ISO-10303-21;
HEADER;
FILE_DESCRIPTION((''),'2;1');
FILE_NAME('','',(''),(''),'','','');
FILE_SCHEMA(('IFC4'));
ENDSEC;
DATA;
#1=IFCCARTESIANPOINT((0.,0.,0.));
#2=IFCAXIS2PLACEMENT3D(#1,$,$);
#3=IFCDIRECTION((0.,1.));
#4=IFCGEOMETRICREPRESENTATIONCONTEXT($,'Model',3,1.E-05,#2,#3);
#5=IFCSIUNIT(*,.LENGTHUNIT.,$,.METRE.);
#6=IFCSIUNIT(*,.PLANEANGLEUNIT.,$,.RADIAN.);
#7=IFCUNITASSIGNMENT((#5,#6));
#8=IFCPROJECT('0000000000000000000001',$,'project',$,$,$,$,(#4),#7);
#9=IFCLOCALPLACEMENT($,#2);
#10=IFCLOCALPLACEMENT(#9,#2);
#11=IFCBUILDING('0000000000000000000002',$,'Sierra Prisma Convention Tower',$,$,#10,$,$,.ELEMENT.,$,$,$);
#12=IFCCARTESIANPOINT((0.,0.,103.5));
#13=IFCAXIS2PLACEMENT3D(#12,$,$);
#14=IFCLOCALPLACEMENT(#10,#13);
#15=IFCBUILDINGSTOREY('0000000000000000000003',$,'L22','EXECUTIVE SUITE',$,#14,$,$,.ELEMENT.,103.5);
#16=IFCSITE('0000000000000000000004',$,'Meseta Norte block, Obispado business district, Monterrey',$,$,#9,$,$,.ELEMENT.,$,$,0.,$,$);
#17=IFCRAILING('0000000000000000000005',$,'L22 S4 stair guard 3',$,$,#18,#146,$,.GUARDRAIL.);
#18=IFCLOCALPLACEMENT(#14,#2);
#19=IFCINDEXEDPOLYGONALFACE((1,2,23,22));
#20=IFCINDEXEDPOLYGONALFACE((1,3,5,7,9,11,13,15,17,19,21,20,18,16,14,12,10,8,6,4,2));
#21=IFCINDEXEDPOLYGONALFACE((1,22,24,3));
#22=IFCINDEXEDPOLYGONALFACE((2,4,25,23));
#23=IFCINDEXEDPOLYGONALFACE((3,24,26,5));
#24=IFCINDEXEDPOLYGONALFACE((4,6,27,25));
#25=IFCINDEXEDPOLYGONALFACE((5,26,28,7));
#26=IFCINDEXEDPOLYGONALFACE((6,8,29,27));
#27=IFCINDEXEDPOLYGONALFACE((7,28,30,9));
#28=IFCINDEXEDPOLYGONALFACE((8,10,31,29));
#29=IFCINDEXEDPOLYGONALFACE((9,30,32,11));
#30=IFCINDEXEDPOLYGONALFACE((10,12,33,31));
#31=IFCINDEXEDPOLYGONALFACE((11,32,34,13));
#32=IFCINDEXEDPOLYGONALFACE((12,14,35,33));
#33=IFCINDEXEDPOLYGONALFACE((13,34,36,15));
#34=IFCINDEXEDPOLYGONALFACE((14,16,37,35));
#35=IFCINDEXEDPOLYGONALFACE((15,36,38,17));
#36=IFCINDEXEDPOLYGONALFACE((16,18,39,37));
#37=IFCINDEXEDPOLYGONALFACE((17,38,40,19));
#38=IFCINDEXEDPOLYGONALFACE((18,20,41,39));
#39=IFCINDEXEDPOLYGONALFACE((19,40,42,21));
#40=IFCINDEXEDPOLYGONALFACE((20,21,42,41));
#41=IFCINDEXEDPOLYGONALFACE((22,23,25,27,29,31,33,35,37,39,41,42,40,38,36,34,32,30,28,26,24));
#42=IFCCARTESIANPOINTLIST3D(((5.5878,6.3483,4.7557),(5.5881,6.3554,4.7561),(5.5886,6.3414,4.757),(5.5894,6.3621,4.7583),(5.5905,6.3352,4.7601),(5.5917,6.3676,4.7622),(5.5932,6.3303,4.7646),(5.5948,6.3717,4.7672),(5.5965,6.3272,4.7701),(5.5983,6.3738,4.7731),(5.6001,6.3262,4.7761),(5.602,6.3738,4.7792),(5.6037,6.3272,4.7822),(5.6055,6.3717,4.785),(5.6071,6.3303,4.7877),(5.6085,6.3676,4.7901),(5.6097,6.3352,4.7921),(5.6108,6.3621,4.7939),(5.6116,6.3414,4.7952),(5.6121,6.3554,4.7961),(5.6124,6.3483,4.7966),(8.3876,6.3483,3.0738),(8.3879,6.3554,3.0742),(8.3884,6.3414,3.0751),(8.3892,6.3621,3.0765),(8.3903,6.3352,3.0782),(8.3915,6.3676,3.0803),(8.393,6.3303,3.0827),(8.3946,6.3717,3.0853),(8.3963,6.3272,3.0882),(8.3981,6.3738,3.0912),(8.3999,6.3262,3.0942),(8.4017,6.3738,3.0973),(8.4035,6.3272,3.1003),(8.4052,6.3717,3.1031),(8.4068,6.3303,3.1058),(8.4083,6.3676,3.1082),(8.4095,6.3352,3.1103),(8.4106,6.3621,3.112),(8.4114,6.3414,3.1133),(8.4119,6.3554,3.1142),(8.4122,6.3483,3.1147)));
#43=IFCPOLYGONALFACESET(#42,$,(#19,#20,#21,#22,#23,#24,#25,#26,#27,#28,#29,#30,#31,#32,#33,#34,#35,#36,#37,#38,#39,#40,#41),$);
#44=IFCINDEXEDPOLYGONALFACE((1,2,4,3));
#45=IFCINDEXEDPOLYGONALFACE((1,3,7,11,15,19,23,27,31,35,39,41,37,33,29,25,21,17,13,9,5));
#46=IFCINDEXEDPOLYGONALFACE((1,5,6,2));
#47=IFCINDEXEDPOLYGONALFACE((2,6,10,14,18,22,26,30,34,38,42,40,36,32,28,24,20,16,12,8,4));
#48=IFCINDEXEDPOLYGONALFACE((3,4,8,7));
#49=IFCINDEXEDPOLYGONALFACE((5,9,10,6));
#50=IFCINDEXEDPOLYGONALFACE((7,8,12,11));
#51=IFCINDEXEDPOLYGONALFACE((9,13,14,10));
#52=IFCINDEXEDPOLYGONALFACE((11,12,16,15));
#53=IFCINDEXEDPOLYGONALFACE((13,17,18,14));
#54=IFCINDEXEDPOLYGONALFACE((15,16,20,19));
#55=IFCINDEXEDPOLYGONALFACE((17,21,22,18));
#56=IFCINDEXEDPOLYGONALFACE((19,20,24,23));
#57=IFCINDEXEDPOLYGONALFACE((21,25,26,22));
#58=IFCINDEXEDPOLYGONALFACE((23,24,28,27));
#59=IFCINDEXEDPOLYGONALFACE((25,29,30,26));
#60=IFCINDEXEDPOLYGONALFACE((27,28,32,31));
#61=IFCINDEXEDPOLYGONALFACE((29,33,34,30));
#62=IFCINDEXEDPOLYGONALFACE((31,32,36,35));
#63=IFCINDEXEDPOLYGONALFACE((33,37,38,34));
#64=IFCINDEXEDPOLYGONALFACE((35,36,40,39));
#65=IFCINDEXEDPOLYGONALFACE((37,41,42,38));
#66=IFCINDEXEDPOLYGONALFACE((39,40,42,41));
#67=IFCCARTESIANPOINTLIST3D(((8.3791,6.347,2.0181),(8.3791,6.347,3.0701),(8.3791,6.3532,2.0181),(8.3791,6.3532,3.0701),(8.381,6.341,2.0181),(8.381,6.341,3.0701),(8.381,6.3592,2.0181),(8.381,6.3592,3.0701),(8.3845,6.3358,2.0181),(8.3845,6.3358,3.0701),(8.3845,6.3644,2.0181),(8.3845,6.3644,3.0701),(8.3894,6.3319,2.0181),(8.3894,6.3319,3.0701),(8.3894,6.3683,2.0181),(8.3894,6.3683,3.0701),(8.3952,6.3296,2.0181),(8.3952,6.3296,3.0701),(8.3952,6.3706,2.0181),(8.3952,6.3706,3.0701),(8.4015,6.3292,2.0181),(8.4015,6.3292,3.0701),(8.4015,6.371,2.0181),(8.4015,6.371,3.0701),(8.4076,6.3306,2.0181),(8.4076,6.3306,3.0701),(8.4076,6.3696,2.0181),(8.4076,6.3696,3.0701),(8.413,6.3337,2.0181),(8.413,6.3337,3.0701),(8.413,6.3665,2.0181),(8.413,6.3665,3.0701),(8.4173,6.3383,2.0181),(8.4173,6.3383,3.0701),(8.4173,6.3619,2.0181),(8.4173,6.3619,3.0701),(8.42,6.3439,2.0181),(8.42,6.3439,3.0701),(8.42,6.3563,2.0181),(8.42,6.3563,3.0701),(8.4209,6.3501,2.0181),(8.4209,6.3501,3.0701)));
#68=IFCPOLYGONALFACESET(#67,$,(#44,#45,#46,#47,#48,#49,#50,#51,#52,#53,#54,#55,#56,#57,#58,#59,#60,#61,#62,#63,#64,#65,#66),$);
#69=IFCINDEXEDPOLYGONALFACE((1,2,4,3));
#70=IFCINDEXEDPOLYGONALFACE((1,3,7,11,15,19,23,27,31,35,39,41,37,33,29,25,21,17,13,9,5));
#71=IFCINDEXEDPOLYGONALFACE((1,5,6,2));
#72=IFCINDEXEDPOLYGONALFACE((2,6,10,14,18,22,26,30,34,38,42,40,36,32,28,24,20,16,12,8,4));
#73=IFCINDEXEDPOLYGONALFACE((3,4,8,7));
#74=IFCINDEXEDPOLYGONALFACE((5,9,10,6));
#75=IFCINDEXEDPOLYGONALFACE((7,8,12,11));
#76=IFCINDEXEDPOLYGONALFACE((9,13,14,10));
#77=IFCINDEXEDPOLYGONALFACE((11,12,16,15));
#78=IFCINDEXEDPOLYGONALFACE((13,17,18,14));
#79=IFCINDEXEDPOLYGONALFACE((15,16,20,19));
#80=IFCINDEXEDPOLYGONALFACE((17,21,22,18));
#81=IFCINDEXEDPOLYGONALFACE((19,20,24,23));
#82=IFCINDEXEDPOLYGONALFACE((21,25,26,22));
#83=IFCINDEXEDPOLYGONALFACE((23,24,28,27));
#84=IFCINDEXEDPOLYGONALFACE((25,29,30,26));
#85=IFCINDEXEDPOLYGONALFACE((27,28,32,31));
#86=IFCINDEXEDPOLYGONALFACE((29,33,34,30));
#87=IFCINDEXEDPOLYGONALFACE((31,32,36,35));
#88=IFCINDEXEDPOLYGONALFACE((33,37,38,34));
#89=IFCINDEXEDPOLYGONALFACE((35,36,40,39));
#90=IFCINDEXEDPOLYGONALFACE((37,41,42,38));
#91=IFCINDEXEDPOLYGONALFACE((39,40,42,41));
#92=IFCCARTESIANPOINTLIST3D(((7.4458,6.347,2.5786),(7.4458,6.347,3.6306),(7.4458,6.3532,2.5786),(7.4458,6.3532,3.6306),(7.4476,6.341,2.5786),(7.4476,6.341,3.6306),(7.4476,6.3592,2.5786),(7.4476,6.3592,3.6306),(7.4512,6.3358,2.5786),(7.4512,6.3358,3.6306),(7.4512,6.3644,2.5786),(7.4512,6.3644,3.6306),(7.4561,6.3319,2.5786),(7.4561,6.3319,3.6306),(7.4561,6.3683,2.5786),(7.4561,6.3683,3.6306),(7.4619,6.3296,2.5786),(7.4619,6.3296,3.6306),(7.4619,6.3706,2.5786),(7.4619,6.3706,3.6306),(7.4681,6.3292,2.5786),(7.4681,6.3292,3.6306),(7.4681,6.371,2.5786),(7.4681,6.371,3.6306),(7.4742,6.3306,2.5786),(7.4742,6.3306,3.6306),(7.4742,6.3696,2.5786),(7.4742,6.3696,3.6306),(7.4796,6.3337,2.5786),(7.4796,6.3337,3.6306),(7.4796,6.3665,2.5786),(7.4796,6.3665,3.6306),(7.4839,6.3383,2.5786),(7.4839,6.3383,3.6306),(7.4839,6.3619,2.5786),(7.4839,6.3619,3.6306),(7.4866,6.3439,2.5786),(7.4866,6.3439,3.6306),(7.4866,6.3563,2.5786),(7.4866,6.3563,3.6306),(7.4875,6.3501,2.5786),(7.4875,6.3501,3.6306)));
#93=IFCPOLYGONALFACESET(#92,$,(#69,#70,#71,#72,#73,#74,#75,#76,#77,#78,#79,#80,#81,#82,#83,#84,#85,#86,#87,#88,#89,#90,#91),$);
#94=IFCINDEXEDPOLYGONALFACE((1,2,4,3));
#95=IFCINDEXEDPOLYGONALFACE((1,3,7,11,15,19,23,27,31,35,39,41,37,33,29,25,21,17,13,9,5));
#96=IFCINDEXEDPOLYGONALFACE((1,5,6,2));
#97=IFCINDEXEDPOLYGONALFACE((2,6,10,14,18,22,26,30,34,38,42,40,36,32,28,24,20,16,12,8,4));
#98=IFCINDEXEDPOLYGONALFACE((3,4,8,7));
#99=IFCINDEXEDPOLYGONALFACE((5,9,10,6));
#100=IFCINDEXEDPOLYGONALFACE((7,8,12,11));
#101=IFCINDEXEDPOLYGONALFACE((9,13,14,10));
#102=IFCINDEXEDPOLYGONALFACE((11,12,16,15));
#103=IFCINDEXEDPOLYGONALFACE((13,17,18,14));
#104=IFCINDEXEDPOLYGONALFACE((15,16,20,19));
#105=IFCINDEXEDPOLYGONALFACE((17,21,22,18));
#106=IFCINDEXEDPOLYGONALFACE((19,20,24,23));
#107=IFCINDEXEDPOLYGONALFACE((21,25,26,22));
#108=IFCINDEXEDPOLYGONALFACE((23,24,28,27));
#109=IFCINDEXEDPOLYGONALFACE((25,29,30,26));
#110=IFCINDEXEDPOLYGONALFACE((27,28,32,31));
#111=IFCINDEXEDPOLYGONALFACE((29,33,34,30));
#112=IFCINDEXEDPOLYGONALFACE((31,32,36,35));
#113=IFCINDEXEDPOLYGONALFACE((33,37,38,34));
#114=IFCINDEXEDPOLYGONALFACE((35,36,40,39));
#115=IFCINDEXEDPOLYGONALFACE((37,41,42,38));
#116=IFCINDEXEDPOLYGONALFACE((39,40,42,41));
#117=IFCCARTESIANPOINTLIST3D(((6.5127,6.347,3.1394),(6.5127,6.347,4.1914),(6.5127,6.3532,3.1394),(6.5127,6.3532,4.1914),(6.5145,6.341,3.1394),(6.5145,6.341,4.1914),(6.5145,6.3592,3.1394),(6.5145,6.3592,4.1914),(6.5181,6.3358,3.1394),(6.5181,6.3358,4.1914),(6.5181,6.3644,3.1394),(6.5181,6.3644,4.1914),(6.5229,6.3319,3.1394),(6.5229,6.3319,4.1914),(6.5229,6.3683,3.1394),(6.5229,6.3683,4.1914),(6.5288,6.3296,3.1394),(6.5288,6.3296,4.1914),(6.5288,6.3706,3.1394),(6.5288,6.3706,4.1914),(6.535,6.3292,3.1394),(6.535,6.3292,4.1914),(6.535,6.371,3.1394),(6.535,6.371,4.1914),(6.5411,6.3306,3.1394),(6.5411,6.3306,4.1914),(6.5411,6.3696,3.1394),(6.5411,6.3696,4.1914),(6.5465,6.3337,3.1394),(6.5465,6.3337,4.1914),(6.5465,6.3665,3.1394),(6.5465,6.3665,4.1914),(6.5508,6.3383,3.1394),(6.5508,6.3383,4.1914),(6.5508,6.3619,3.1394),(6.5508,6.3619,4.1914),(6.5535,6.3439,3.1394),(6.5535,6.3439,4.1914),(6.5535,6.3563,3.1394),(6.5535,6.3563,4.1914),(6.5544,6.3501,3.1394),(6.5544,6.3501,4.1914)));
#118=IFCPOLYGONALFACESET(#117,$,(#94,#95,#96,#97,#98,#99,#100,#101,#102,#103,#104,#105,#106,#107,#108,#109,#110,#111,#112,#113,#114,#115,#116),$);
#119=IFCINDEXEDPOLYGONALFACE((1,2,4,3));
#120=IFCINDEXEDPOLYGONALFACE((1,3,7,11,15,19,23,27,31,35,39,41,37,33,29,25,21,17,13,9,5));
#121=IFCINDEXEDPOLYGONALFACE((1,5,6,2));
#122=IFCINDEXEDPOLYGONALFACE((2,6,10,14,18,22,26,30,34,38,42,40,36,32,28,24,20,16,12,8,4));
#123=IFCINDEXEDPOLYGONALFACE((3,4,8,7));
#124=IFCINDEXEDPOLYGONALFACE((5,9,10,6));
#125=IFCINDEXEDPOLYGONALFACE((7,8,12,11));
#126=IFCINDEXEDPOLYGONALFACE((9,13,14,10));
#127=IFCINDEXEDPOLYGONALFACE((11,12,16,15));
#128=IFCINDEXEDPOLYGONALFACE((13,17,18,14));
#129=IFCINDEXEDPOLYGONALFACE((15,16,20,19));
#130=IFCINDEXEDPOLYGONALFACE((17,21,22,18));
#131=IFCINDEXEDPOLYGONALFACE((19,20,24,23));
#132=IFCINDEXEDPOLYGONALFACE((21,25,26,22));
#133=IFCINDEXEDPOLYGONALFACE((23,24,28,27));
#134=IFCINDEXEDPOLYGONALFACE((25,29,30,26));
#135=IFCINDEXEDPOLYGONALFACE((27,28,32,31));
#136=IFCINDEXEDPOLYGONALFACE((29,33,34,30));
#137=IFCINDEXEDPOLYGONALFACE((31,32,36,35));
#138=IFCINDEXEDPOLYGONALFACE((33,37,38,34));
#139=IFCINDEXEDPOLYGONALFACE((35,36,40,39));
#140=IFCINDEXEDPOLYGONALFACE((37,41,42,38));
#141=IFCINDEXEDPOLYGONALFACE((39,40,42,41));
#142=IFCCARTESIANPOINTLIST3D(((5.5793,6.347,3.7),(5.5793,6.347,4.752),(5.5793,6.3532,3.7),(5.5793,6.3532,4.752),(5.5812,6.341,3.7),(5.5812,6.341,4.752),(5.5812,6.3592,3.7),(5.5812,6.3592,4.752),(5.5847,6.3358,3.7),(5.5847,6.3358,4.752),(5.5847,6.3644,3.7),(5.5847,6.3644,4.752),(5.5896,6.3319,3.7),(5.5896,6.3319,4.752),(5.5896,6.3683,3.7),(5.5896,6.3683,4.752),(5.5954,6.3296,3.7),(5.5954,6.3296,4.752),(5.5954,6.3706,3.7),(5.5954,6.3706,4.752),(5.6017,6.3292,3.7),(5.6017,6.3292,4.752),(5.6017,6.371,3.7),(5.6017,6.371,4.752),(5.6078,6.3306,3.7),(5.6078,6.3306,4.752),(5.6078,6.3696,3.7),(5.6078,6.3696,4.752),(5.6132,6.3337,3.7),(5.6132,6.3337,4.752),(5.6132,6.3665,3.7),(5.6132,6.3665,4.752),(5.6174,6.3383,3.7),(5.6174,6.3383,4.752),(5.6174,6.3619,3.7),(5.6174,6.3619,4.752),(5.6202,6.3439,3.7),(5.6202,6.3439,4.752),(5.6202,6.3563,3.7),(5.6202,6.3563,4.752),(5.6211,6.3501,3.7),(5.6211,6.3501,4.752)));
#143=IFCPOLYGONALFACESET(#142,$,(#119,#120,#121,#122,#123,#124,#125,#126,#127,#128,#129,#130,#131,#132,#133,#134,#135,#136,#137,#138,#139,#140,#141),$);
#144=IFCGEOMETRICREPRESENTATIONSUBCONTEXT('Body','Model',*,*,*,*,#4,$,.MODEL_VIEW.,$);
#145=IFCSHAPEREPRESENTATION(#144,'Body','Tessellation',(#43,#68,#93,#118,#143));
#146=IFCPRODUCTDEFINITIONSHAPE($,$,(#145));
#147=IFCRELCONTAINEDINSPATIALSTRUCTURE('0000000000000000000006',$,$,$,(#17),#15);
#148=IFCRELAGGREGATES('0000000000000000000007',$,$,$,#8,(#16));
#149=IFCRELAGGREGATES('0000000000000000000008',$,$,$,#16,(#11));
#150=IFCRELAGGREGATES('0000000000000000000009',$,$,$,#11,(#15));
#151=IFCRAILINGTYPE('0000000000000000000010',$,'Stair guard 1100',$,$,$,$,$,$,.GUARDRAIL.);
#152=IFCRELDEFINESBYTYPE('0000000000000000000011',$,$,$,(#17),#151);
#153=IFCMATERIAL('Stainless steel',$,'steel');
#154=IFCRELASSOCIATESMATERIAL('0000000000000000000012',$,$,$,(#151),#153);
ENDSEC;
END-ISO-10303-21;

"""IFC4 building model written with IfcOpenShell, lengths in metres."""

from ifc_helpers import new_model, si_unit, direction, frame, origin, origin_2d, place, context, subcontext, project, spatial, circle, extrude, material, type_object, element, save


model = new_model("IFC4")

# Units and contexts
model_context = context("Model", 3, precision=1e-05, world=origin(), true_north=direction((0.0, 1.0)))
body_context = subcontext(model_context, "Body", "Model", "MODEL_VIEW")
ifc_project = project(units=[si_unit("LENGTHUNIT", "METRE"), si_unit("PLANEANGLEUNIT", "RADIAN")], contexts=[model_context])

# Site, building, storey
site_placement = place(None, origin())
site = spatial("IfcSite", under=ifc_project, at=site_placement, Name="Meseta Norte block, Obispado business district, Monterrey", CompositionType="ELEMENT", RefElevation=0.0)
building_placement = place(site_placement, origin())
building = spatial("IfcBuilding", under=site, at=building_placement, Name="Sierra Prisma Convention Tower", CompositionType="ELEMENT")
storey_placement = place(building_placement, frame((0.0, 0.0, 103.5)))
storey = spatial("IfcBuildingStorey", under=building, at=storey_placement, Name="L22", Description="EXECUTIVE SUITE", CompositionType="ELEMENT", Elevation=103.5)

# Railing
ifc_material_1 = material(Name="Stainless steel", Category="steel")
railing_type_1 = type_object("IfcRailingType", Name="Stair guard 1100", PredefinedType="GUARDRAIL", material=ifc_material_1)
railing_1_placement = place(storey_placement, frame((8.3999, 6.3501, 2.0181)))
element("IfcRailing", 1, at=railing_1_placement, inside=storey, type_object=railing_type_1, Name="L22 S4 stair guard 3", PredefinedType="GUARDRAIL", context=body_context, shape_type="SweptSolid", body=[
    extrude(circle(Radius=0.0239, at=origin_2d()), frame((0.0, 0.0, 1.0762), z_axis=(-0.857222, 0.0, 0.514946), x_axis=(0.0, -1.0, 0.0)), (0.0, 0.0, 1.0), 3.2661),
    extrude(circle(Radius=0.021, at=origin_2d()), origin(), (0.0, 0.0, 1.0), 1.052),
    extrude(circle(Radius=0.021, at=origin_2d()), frame((-0.9333, 0.0, 0.5605)), (0.0, 0.0, 1.0), 1.052),
    extrude(circle(Radius=0.021, at=origin_2d()), frame((-1.8665, 0.0, 1.1213)), (0.0, 0.0, 1.0), 1.052),
    extrude(circle(Radius=0.021, at=origin_2d()), frame((-2.7998, 0.0, 1.6819)), (0.0, 0.0, 1.0), 1.052),
])

save(model, "model.ifc")
